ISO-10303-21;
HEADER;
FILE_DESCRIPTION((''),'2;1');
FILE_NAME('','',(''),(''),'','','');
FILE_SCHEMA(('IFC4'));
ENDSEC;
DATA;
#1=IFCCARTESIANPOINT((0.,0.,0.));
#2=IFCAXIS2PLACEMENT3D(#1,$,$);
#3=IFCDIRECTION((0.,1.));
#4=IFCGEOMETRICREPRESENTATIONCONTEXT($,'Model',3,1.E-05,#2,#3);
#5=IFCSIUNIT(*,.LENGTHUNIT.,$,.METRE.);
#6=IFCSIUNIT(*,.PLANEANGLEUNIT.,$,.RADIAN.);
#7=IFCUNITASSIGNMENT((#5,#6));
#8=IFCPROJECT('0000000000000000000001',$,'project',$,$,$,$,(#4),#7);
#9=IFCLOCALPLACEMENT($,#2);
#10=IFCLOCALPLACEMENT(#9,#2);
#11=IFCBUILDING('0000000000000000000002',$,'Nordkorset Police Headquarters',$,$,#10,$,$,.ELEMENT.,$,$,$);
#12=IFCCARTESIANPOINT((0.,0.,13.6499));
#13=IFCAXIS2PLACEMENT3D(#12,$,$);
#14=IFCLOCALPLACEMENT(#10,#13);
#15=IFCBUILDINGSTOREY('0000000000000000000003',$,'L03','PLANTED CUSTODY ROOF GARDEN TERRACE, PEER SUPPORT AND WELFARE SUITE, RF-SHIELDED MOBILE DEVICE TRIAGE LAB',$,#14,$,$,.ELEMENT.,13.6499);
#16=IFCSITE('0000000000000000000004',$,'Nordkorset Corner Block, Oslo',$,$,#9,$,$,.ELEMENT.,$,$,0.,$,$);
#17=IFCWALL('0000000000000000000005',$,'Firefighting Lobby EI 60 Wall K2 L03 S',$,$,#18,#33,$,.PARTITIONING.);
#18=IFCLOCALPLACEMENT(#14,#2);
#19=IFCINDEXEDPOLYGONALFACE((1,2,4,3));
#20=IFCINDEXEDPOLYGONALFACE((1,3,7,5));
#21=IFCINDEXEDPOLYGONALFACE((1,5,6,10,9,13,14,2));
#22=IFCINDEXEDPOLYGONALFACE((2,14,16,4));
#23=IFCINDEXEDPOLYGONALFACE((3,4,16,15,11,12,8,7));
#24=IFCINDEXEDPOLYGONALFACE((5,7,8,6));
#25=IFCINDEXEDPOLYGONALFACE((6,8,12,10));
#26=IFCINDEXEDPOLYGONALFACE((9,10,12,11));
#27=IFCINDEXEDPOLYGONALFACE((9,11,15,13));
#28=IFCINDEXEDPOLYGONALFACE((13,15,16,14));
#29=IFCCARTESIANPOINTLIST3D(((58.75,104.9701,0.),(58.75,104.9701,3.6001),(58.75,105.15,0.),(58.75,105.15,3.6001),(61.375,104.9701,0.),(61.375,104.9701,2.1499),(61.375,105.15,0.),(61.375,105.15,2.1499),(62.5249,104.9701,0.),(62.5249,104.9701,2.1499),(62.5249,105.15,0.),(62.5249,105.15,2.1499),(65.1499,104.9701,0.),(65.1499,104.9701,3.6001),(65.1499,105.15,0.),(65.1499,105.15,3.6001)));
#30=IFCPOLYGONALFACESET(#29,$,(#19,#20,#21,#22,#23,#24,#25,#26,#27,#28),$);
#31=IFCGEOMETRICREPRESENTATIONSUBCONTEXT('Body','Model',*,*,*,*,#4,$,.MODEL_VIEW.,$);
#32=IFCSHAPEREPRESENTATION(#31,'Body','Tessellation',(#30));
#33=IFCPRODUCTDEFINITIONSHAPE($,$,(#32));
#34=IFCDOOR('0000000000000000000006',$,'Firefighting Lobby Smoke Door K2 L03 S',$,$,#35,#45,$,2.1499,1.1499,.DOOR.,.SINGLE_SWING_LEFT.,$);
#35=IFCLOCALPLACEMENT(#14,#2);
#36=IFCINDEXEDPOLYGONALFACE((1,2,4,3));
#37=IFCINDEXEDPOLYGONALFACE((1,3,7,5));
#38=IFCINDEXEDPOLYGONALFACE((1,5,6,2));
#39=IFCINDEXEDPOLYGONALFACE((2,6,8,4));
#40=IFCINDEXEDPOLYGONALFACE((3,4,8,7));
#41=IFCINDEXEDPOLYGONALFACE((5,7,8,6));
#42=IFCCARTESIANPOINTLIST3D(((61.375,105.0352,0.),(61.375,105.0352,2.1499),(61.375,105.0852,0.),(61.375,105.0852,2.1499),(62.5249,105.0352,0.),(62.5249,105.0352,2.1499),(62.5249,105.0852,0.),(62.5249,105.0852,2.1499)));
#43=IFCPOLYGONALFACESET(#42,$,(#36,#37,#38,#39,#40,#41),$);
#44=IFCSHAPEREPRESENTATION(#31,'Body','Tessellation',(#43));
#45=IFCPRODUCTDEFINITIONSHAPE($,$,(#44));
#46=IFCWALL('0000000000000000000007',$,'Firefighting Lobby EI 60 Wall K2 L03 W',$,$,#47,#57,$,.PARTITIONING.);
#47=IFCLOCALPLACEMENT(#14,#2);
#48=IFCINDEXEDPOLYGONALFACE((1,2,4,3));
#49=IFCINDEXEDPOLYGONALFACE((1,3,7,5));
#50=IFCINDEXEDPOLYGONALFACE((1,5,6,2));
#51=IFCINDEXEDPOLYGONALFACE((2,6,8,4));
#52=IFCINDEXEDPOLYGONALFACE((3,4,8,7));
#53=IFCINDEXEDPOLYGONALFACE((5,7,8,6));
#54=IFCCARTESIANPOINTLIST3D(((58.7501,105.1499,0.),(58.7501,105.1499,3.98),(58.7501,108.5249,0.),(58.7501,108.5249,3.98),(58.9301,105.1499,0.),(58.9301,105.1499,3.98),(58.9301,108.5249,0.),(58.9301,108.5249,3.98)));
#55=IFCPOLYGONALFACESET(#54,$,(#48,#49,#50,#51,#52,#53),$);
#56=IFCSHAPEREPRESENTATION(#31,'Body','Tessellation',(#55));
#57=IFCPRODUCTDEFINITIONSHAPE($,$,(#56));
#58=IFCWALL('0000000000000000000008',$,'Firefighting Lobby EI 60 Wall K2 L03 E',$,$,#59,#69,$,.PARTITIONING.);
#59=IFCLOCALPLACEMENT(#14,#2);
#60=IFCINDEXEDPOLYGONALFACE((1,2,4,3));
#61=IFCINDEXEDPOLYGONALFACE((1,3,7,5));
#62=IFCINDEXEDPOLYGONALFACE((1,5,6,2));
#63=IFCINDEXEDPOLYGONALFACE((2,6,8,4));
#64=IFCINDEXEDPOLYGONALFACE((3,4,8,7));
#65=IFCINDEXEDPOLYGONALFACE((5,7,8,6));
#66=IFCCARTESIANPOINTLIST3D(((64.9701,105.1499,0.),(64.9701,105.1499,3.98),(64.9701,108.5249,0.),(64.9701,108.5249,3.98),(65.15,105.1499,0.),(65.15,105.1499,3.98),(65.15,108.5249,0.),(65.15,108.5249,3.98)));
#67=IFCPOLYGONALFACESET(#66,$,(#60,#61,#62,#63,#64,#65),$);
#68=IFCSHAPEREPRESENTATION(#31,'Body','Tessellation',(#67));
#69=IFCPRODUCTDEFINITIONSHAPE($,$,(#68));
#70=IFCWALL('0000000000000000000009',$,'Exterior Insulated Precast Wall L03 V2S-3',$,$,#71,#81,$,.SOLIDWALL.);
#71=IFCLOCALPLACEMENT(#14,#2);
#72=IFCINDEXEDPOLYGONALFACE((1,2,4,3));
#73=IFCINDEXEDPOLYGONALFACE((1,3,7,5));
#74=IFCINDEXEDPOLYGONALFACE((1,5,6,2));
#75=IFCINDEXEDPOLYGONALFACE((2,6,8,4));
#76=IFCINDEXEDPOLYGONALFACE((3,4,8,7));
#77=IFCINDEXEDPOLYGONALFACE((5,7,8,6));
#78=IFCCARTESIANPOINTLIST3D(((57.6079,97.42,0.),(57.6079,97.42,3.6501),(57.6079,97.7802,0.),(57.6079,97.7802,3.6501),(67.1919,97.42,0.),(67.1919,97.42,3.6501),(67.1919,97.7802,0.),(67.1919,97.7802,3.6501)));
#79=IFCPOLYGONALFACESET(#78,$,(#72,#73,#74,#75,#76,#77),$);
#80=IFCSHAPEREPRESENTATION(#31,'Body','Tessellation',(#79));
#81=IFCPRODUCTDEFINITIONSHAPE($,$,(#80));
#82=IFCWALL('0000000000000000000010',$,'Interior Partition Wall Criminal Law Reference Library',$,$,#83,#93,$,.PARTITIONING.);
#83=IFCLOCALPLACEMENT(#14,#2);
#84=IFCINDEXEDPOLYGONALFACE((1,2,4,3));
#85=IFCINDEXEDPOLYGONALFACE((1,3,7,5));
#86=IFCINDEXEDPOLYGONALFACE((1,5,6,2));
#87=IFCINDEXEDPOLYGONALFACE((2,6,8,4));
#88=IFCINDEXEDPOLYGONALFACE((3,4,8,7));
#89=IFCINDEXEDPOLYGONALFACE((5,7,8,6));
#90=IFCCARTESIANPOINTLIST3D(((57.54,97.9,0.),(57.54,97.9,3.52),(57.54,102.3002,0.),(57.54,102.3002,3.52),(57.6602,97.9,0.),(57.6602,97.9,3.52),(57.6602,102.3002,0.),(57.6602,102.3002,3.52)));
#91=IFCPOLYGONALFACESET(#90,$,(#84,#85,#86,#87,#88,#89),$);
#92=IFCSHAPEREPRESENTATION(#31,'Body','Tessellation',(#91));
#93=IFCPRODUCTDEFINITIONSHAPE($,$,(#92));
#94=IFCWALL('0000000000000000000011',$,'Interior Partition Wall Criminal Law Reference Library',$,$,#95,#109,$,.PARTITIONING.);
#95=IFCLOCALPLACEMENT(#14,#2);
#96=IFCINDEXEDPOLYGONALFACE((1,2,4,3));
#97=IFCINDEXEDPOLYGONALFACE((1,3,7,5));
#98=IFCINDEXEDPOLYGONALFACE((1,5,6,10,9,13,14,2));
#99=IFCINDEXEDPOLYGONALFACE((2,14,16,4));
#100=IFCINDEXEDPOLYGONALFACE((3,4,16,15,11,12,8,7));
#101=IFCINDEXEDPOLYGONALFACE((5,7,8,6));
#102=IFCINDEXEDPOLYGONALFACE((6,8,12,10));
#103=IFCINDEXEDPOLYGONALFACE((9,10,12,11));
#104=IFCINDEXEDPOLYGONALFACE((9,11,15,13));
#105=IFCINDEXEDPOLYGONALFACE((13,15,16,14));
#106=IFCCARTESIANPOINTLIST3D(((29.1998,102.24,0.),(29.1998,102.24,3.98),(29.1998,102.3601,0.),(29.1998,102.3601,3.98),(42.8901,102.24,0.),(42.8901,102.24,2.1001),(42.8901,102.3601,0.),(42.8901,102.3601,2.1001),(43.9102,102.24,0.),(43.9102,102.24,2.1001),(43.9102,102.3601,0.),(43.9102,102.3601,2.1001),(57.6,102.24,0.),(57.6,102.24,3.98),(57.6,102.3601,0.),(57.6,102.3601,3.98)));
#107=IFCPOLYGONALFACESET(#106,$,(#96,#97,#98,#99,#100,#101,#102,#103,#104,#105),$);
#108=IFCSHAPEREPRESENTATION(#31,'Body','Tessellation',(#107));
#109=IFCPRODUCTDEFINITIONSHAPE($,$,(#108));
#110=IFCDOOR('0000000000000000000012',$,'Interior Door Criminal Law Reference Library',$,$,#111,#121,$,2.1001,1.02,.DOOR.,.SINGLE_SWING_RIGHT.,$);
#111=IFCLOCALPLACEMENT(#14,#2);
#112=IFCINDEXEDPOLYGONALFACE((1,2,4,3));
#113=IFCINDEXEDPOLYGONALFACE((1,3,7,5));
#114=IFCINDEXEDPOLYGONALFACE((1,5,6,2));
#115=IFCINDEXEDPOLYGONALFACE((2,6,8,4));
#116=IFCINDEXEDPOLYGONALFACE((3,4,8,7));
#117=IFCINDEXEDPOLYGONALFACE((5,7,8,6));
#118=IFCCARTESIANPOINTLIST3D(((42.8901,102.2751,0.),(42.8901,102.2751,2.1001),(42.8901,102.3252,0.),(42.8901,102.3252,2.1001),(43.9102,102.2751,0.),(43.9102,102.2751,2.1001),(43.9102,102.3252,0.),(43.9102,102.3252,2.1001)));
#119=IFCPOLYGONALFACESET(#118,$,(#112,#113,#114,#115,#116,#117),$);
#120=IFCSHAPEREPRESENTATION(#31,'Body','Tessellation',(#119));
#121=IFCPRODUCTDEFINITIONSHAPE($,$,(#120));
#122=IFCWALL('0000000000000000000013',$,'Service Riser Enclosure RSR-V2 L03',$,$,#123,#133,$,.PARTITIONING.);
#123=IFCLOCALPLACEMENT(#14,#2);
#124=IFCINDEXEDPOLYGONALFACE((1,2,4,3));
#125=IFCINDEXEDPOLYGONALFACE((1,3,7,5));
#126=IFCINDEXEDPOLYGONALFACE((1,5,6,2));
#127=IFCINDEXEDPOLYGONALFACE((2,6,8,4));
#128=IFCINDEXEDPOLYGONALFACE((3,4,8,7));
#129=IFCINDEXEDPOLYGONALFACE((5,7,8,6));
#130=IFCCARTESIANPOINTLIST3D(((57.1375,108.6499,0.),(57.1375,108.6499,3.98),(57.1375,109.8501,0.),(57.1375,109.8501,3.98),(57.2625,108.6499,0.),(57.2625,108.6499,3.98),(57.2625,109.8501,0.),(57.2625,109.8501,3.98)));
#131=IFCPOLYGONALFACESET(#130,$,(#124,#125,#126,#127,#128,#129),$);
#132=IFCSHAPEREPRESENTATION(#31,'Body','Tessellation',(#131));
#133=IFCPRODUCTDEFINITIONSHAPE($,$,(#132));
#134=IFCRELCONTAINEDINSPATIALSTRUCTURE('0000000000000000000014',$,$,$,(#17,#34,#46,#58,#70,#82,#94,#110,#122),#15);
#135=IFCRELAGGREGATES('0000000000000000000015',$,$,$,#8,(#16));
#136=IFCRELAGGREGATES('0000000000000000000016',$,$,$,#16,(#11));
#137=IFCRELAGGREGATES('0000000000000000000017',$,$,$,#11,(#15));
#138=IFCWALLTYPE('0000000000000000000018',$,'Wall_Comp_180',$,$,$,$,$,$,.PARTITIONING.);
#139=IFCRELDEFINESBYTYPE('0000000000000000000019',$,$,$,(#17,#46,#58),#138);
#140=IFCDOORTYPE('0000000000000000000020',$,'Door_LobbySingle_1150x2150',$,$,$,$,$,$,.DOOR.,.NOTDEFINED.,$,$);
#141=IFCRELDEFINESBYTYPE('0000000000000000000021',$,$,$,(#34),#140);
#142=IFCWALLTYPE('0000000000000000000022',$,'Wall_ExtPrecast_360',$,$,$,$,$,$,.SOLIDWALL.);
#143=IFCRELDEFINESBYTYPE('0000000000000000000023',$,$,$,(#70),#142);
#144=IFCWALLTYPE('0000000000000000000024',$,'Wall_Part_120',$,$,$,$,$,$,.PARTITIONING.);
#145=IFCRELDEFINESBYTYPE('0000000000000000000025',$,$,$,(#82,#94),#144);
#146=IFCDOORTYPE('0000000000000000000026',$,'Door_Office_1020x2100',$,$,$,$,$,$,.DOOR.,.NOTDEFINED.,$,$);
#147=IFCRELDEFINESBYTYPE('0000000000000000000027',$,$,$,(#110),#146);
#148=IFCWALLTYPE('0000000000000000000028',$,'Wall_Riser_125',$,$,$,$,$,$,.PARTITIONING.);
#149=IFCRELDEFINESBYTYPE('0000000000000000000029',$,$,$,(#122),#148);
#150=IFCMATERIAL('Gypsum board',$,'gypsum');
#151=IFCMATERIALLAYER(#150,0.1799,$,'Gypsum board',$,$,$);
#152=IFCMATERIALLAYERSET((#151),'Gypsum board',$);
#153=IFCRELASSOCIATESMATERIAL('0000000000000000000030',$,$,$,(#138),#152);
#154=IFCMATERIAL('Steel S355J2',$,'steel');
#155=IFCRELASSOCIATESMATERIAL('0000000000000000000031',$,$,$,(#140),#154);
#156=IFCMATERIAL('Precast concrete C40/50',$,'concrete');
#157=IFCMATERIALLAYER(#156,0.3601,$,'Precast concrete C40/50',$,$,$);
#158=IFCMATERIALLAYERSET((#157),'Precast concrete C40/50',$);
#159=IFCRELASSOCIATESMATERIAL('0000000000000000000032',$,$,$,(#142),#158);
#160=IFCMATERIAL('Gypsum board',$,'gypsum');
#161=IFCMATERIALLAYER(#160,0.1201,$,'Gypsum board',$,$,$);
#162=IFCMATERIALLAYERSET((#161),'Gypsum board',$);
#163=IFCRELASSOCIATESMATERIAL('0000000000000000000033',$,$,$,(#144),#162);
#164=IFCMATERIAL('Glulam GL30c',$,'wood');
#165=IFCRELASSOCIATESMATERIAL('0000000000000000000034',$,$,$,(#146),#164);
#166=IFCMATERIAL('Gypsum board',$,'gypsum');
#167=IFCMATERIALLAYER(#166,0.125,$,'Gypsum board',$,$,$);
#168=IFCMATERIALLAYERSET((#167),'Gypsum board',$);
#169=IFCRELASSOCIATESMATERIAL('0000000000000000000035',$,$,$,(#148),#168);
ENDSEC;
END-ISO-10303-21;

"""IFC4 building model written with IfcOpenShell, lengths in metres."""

from ifc_helpers import new_model, si_unit, direction, frame, frame_2d, origin, place, context, subcontext, project, spatial, rectangle, extrude, material, layer, layer_set, type_object, element, fill, save


model = new_model("IFC4")

# Units and contexts
model_context = context("Model", 3, precision=1e-05, world=origin(), true_north=direction((0.0, 1.0)))
body_context = subcontext(model_context, "Body", "Model", "MODEL_VIEW")
ifc_project = project(units=[si_unit("LENGTHUNIT", "METRE"), si_unit("PLANEANGLEUNIT", "RADIAN")], contexts=[model_context])

# Site, building, storey
site_placement = place(None, origin())
site = spatial("IfcSite", under=ifc_project, at=site_placement, Name="Nordkorset Corner Block, Oslo", CompositionType="ELEMENT", RefElevation=0.0)
building_placement = place(site_placement, origin())
building = spatial("IfcBuilding", under=site, at=building_placement, Name="Nordkorset Police Headquarters", CompositionType="ELEMENT")
storey_placement = place(building_placement, frame((0.0, 0.0, 13.6499)))
storey = spatial("IfcBuildingStorey", under=building, at=storey_placement, Name="L03", Description="PLANTED CUSTODY ROOF GARDEN TERRACE, PEER SUPPORT AND WELFARE SUITE, RF-SHIELDED MOBILE DEVICE TRIAGE LAB", CompositionType="ELEMENT", Elevation=13.6499)

# Wall, opening, door
ifc_material_1 = material(Name="Gypsum board", Category="gypsum")
ifc_layer_1 = layer(ifc_material_1, 0.1799, Name="Gypsum board")
ifc_layer_set_1 = layer_set([ifc_layer_1], Name="Gypsum board")
wall_type_1 = type_object("IfcWallType", Name="Wall_Comp_180", PredefinedType="PARTITIONING", material=ifc_layer_set_1)
wall_1_placement = place(storey_placement, frame((58.75, 105.0601, 0.0), z_axis=(0.0, 0.0, 1.0), x_axis=(1.0, 0.0, 0.0)))
wall_1 = element("IfcWall", 1, at=wall_1_placement, inside=storey, type_object=wall_type_1, Name="Firefighting Lobby EI 60 Wall K2 L03 S", PredefinedType="PARTITIONING", context=body_context, shape_type="SweptSolid", body=[
    extrude(rectangle(XDim=6.3999, YDim=0.1799, at=frame_2d((3.2, 0.0))), origin(), (0.0, 0.0, 1.0), 3.6001),
])
opening_1_placement = place(wall_1_placement, frame((2.625, 0.0, 0.0)))
opening_1 = element("IfcOpeningElement", 2, at=opening_1_placement, cuts=wall_1, PredefinedType="OPENING", context=body_context, shape_type="SweptSolid", body=[
    extrude(rectangle(XDim=1.1499, YDim=2.1499, at=frame_2d((0.575, 1.075))), frame((0.0, 0.1001, 0.0), z_axis=(0.0, -1.0, 0.0), x_axis=(1.0, 0.0, 0.0)), (0.0, 0.0, 1.0), 0.2),
])
ifc_material_2 = material(Name="Steel S355J2", Category="steel")
door_type_1 = type_object("IfcDoorType", Name="Door_LobbySingle_1150x2150", OperationType="NOTDEFINED", PredefinedType="DOOR", material=ifc_material_2)
door_1_placement = place(opening_1_placement, frame((1.1499, 0.0, 0.0), z_axis=(0.0, 0.0, 1.0), x_axis=(-1.0, 0.0, 0.0)))
door_1 = element("IfcDoor", 3, at=door_1_placement, inside=storey, type_object=door_type_1, Name="Firefighting Lobby Smoke Door K2 L03 S", OperationType="SINGLE_SWING_LEFT", OverallHeight=2.1499, OverallWidth=1.1499, PredefinedType="DOOR", context=body_context, shape_type="SweptSolid", body=[
    extrude(rectangle(XDim=1.1499, YDim=2.1499, at=frame_2d((0.575, 1.075))), frame((0.0, 0.0249, 0.0), z_axis=(0.0, -1.0, 0.0), x_axis=(1.0, 0.0, 0.0)), (0.0, 0.0, 1.0), 0.05),
])
fill(opening_1, door_1)

# Walls
for number, where, z_axis, x_axis, name in (
    (4, (58.8401, 105.1499, 0.0), (0.0, 0.0, 1.0), (0.0, 1.0, 0.0), "Firefighting Lobby EI 60 Wall K2 L03 W"),
    (5, (65.0601, 105.1499, 0.0), (0.0, 0.0, 1.0), (0.0, 1.0, 0.0), "Firefighting Lobby EI 60 Wall K2 L03 E"),
):
    element("IfcWall", number, at=place(storey_placement, frame(where, z_axis=z_axis, x_axis=x_axis)), inside=storey, type_object=wall_type_1, Name=name, PredefinedType="PARTITIONING", context=body_context, shape_type="SweptSolid", body=[
        extrude(rectangle(XDim=3.375, YDim=0.1799, at=frame_2d((1.6875, 0.0))), origin(), (0.0, 0.0, 1.0), 3.98),
    ])

# Walls
ifc_material_3 = material(Name="Precast concrete C40/50", Category="concrete")
ifc_layer_2 = layer(ifc_material_3, 0.3601, Name="Precast concrete C40/50")
ifc_layer_set_2 = layer_set([ifc_layer_2], Name="Precast concrete C40/50")
wall_type_2 = type_object("IfcWallType", Name="Wall_ExtPrecast_360", PredefinedType="SOLIDWALL", material=ifc_layer_set_2)
wall_2_placement = place(storey_placement, frame((57.6079, 97.6001, 0.0), z_axis=(0.0, 0.0, 1.0), x_axis=(1.0, 0.0, 0.0)))
element("IfcWall", 6, at=wall_2_placement, inside=storey, type_object=wall_type_2, Name="Exterior Insulated Precast Wall L03 V2S-3", PredefinedType="SOLIDWALL", context=body_context, shape_type="SweptSolid", body=[
    extrude(rectangle(XDim=9.584, YDim=0.3601, at=frame_2d((4.792, 0.0))), origin(), (0.0, 0.0, 1.0), 3.6501),
])
ifc_material_4 = material(Name="Gypsum board", Category="gypsum")
ifc_layer_3 = layer(ifc_material_4, 0.1201, Name="Gypsum board")
ifc_layer_set_3 = layer_set([ifc_layer_3], Name="Gypsum board")
wall_type_3 = type_object("IfcWallType", Name="Wall_Part_120", PredefinedType="PARTITIONING", material=ifc_layer_set_3)
wall_3_placement = place(storey_placement, frame((57.6001, 97.8999, 0.0), z_axis=(0.0, 0.0, 1.0), x_axis=(0.0, 1.0, 0.0)))
element("IfcWall", 7, at=wall_3_placement, inside=storey, type_object=wall_type_3, Name="Interior Partition Wall Criminal Law Reference Library", PredefinedType="PARTITIONING", context=body_context, shape_type="SweptSolid", body=[
    extrude(rectangle(XDim=4.4001, YDim=0.1201, at=frame_2d((2.2002, 0.0))), origin(), (0.0, 0.0, 1.0), 3.52),
])

# Wall, opening, door
wall_4_placement = place(storey_placement, frame((57.6001, 102.3, 0.0), z_axis=(0.0, 0.0, 1.0), x_axis=(-1.0, 0.0, 0.0)))
wall_4 = element("IfcWall", 8, at=wall_4_placement, inside=storey, type_object=wall_type_3, Name="Interior Partition Wall Criminal Law Reference Library", PredefinedType="PARTITIONING", context=body_context, shape_type="SweptSolid", body=[
    extrude(rectangle(XDim=28.4001, YDim=0.1201, at=frame_2d((14.2002, 0.0))), origin(), (0.0, 0.0, 1.0), 3.98),
])
opening_2_placement = place(wall_4_placement, frame((13.6899, 0.0, 0.0)))
opening_2 = element("IfcOpeningElement", 9, at=opening_2_placement, cuts=wall_4, PredefinedType="OPENING", context=body_context, shape_type="SweptSolid", body=[
    extrude(rectangle(XDim=1.02, YDim=2.1001, at=frame_2d((0.51, 1.05))), frame((0.0, 0.0701, 0.0), z_axis=(0.0, -1.0, 0.0), x_axis=(1.0, 0.0, 0.0)), (0.0, 0.0, 1.0), 0.1401),
])
ifc_material_5 = material(Name="Glulam GL30c", Category="wood")
door_type_2 = type_object("IfcDoorType", Name="Door_Office_1020x2100", OperationType="NOTDEFINED", PredefinedType="DOOR", material=ifc_material_5)
door_2_placement = place(opening_2_placement, origin())
door_2 = element("IfcDoor", 10, at=door_2_placement, inside=storey, type_object=door_type_2, Name="Interior Door Criminal Law Reference Library", OperationType="SINGLE_SWING_RIGHT", OverallHeight=2.1001, OverallWidth=1.02, PredefinedType="DOOR", context=body_context, shape_type="SweptSolid", body=[
    extrude(rectangle(XDim=1.02, YDim=2.1001, at=frame_2d((0.51, 1.05))), frame((0.0, 0.0249, 0.0), z_axis=(0.0, -1.0, 0.0), x_axis=(1.0, 0.0, 0.0)), (0.0, 0.0, 1.0), 0.05),
])
fill(opening_2, door_2)

# Wall
ifc_material_6 = material(Name="Gypsum board", Category="gypsum")
ifc_layer_4 = layer(ifc_material_6, 0.125, Name="Gypsum board")
ifc_layer_set_4 = layer_set([ifc_layer_4], Name="Gypsum board")
wall_type_4 = type_object("IfcWallType", Name="Wall_Riser_125", PredefinedType="PARTITIONING", material=ifc_layer_set_4)
wall_5_placement = place(storey_placement, frame((57.2, 108.6499, 0.0), z_axis=(0.0, 0.0, 1.0), x_axis=(0.0, 1.0, 0.0)))
element("IfcWall", 11, at=wall_5_placement, inside=storey, type_object=wall_type_4, Name="Service Riser Enclosure RSR-V2 L03", PredefinedType="PARTITIONING", context=body_context, shape_type="SweptSolid", body=[
    extrude(rectangle(XDim=1.2002, YDim=0.125, at=frame_2d((0.6001, 0.0))), origin(), (0.0, 0.0, 1.0), 3.98),
])

save(model, "model.ifc")
